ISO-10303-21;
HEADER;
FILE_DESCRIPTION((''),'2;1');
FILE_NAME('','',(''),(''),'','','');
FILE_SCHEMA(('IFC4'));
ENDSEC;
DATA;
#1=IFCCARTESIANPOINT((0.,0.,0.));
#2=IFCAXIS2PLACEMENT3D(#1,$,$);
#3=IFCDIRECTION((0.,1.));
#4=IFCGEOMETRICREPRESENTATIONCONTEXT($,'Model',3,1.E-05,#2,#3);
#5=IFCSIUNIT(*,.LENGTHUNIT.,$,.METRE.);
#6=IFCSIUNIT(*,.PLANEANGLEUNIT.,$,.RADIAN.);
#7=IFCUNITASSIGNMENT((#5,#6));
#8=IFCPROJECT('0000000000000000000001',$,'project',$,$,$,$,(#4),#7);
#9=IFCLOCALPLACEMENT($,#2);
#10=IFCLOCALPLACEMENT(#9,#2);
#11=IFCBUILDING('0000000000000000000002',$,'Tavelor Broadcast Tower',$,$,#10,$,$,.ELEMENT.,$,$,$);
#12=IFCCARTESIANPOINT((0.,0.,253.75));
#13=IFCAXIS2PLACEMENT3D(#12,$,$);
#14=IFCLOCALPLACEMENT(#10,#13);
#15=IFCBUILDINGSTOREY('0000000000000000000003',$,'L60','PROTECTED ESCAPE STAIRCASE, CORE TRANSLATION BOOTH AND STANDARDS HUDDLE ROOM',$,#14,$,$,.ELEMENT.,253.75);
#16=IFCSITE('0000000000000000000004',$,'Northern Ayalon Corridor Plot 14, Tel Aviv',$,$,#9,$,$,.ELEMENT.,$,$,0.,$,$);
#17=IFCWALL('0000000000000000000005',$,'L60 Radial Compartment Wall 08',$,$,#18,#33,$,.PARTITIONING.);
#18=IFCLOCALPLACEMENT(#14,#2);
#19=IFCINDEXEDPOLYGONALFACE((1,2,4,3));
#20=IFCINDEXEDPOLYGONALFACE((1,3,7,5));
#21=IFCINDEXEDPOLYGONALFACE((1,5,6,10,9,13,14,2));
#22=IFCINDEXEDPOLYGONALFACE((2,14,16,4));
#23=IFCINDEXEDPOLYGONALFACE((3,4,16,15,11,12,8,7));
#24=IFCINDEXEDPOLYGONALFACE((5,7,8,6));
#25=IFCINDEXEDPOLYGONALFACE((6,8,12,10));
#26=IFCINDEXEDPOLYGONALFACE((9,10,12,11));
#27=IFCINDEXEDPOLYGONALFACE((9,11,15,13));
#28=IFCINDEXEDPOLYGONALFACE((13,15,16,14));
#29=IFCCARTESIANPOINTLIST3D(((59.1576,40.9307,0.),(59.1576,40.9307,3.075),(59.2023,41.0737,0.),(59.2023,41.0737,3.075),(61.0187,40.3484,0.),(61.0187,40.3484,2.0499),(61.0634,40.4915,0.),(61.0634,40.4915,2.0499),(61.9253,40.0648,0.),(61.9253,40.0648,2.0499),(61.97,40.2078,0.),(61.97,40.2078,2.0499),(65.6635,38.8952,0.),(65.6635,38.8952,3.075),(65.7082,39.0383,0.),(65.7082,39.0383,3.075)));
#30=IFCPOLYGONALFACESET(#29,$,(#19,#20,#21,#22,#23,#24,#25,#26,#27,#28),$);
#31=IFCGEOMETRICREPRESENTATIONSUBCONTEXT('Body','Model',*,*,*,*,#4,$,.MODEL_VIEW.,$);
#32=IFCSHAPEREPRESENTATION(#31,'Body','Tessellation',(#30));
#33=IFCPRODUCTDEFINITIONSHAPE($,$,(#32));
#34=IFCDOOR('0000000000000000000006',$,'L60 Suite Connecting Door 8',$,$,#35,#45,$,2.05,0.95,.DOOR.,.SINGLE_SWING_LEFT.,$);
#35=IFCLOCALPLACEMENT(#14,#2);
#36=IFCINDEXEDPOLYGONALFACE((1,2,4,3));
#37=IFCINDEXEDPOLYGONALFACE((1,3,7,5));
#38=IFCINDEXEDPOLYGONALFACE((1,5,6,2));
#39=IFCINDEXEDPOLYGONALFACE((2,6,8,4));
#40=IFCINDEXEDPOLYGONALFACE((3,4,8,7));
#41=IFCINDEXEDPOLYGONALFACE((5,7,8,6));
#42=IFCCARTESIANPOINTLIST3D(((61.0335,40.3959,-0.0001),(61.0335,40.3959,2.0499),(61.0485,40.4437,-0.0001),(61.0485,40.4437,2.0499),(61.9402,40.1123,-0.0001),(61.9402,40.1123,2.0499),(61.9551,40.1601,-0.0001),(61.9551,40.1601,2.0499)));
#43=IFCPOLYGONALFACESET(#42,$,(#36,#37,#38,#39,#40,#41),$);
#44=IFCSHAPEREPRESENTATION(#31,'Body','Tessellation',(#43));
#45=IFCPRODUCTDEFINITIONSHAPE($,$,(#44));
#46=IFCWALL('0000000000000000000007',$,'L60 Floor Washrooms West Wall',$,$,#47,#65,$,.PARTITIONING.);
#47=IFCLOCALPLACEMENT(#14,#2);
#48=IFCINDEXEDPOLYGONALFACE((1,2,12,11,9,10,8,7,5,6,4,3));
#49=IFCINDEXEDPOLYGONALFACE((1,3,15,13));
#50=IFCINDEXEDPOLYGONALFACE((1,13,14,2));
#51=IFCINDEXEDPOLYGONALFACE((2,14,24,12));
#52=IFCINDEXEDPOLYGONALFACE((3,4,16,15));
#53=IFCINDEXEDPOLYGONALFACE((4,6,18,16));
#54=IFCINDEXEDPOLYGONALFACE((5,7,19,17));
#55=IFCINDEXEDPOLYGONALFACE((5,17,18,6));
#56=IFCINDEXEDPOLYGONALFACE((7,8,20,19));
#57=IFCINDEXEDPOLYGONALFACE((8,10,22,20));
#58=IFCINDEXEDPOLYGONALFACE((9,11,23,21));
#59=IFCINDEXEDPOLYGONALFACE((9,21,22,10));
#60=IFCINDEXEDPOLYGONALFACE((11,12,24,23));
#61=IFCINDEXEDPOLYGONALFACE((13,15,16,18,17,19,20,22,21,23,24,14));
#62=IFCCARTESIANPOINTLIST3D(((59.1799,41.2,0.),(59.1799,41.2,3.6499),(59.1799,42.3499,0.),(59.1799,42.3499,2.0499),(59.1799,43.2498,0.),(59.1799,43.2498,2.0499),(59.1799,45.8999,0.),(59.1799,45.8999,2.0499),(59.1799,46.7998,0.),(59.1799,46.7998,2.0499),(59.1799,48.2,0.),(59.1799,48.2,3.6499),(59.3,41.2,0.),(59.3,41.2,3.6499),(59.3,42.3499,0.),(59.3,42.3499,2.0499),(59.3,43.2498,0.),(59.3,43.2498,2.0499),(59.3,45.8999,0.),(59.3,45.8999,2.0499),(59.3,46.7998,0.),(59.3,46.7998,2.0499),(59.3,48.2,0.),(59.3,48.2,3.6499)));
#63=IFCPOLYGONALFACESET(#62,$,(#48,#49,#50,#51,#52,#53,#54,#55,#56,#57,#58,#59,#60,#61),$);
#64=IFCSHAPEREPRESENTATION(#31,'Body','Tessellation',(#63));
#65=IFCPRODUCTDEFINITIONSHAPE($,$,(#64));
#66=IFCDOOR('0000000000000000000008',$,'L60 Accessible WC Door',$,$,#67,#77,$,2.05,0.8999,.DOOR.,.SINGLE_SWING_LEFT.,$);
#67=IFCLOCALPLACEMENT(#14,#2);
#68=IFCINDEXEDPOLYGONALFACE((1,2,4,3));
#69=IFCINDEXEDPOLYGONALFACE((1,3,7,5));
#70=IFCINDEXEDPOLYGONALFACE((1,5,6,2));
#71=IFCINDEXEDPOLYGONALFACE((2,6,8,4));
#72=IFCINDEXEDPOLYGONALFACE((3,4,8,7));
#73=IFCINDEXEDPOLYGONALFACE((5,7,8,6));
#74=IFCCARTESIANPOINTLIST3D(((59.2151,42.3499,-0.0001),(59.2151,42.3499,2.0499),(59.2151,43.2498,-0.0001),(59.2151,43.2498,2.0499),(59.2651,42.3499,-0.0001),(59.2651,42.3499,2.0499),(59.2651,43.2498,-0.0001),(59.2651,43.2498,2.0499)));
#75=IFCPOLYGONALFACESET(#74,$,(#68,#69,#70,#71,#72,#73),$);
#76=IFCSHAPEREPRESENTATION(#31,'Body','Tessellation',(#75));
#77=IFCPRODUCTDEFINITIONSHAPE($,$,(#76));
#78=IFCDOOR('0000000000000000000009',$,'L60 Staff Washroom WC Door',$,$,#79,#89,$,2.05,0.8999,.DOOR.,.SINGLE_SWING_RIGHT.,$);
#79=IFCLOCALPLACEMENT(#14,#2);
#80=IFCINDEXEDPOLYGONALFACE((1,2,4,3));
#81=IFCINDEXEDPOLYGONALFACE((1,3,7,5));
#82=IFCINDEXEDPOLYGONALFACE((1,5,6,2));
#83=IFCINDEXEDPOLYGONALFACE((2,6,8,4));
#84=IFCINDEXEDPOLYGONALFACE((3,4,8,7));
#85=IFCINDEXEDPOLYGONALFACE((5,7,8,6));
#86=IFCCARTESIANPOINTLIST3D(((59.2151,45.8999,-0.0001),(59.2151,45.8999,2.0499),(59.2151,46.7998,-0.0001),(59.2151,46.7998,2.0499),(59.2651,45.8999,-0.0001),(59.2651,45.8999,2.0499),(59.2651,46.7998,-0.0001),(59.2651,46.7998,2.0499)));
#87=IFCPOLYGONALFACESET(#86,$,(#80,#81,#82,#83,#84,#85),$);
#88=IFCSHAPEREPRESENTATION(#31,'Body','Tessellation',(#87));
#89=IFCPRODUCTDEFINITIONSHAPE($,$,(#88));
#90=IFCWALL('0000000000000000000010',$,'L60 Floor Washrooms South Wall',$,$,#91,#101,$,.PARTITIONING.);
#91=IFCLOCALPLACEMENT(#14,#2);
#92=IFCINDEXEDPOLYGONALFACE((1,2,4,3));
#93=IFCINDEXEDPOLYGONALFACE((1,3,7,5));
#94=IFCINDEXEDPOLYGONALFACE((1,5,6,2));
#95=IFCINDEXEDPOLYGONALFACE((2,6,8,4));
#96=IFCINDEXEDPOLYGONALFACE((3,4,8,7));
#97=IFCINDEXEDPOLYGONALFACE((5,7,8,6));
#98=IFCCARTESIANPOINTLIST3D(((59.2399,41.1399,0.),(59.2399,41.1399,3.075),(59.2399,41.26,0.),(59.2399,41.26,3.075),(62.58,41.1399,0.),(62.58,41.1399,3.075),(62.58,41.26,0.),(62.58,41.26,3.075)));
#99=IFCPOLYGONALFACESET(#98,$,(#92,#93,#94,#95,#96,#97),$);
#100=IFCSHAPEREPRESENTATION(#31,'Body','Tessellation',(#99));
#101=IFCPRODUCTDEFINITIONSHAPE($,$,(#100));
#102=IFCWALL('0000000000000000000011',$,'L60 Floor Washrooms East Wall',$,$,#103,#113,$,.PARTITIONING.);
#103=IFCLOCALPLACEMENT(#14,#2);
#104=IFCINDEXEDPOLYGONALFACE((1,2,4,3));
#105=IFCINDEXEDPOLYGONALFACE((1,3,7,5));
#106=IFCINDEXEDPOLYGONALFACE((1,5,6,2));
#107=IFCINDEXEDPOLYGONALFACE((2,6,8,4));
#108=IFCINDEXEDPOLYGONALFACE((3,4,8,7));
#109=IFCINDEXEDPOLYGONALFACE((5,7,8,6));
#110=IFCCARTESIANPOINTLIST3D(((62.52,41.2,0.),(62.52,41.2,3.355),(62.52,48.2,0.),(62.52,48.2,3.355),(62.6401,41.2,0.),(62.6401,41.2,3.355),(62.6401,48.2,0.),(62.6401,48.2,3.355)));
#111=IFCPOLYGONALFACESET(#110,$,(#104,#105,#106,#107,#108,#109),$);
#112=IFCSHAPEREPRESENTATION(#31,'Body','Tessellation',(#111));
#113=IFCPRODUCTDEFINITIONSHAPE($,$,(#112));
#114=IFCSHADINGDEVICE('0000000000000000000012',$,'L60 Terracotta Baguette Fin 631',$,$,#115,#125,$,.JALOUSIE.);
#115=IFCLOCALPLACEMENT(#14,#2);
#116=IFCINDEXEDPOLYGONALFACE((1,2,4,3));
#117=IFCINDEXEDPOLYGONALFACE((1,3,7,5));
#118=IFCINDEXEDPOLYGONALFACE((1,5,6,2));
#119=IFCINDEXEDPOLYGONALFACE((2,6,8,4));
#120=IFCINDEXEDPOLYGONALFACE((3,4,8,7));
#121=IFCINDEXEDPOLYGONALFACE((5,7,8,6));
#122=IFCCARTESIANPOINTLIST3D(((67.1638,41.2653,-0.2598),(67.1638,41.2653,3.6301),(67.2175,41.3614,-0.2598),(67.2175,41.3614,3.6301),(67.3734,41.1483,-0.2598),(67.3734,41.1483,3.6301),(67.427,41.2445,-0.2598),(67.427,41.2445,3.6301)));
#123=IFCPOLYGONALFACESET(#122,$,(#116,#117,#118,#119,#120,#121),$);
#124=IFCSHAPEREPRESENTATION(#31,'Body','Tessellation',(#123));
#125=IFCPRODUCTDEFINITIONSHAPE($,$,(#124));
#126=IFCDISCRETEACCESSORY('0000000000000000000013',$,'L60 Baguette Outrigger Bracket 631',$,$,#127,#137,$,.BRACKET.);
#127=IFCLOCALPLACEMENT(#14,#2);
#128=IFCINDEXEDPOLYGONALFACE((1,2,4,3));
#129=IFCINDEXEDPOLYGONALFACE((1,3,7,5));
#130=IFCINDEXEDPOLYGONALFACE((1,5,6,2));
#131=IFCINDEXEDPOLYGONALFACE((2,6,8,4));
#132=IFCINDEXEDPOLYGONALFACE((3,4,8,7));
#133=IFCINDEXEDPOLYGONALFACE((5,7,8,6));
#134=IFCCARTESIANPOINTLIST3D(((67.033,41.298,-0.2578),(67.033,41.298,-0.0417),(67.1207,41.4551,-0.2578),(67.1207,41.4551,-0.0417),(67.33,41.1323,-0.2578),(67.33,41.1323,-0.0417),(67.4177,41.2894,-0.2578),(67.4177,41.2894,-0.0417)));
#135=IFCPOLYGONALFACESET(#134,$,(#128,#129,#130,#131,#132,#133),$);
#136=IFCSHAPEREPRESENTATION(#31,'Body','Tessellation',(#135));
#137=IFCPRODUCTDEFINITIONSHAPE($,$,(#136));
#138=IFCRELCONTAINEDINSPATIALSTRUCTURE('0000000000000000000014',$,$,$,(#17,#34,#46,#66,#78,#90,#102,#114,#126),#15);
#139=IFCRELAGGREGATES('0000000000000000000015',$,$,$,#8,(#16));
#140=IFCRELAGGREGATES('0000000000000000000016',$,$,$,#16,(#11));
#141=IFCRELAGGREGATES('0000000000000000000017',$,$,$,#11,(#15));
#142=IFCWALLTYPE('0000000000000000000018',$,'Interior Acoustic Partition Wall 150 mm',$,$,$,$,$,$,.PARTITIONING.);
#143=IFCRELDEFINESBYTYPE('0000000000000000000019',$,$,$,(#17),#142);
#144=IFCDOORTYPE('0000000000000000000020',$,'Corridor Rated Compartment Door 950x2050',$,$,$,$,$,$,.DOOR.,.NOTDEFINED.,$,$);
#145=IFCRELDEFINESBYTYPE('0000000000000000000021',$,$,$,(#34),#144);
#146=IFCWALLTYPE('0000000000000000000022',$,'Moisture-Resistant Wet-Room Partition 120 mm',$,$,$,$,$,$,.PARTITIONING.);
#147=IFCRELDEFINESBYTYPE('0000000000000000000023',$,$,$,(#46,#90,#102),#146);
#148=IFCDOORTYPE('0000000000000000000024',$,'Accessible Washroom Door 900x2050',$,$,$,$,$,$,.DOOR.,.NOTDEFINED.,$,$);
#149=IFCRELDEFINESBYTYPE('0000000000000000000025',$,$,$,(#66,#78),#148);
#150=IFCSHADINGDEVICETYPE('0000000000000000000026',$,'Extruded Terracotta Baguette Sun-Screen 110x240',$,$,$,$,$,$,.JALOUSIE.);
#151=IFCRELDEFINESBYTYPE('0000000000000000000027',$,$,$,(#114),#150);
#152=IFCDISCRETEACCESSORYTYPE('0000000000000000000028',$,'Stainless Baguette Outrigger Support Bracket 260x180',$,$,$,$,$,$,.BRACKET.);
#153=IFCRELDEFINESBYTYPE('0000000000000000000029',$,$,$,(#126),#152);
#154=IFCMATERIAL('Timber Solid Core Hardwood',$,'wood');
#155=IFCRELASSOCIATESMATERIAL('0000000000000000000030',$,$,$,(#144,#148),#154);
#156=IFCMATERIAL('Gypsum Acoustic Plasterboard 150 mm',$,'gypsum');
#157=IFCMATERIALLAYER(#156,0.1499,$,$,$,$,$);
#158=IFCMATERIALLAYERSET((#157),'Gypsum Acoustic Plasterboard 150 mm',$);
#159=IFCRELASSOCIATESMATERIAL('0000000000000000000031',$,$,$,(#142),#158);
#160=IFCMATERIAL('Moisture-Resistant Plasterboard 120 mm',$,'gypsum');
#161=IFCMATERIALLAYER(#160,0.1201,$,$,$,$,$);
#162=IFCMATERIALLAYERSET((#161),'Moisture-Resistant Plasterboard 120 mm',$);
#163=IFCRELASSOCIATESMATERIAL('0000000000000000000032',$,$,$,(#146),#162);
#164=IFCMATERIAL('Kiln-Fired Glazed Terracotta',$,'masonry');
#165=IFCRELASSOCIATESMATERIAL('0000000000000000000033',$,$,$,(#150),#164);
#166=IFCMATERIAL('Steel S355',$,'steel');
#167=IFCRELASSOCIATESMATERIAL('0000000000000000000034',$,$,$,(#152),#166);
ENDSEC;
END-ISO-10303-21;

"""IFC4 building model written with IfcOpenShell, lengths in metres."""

from ifc_helpers import new_model, si_unit, direction, frame, frame_2d, origin, origin_2d, place, context, subcontext, project, spatial, rectangle, extrude, source, transform, mapped, material, layer, layer_set, type_object, type_shapes, element, fill, save


model = new_model("IFC4")

# Units and contexts
model_context = context("Model", 3, precision=1e-05, world=origin(), true_north=direction((0.0, 1.0)))
body_context = subcontext(model_context, "Body", "Model", "MODEL_VIEW")
ifc_project = project(units=[si_unit("LENGTHUNIT", "METRE"), si_unit("PLANEANGLEUNIT", "RADIAN")], contexts=[model_context])

# Site, building, storey
site_placement = place(None, origin())
site = spatial("IfcSite", under=ifc_project, at=site_placement, Name="Northern Ayalon Corridor Plot 14, Tel Aviv", CompositionType="ELEMENT", RefElevation=0.0)
building_placement = place(site_placement, origin())
building = spatial("IfcBuilding", under=site, at=building_placement, Name="Tavelor Broadcast Tower", CompositionType="ELEMENT")
storey_placement = place(building_placement, frame((0.0, 0.0, 253.75)))
storey = spatial("IfcBuildingStorey", under=building, at=storey_placement, Name="L60", Description="PROTECTED ESCAPE STAIRCASE, CORE TRANSLATION BOOTH AND STANDARDS HUDDLE ROOM", CompositionType="ELEMENT", Elevation=253.75)

# Shared definitions
ifc_material_1 = material(Name="Steel S355", Category="steel")

# Wall, opening, door
ifc_material_2 = material(Name="Timber Solid Core Hardwood", Category="wood")
door_type_1 = type_object("IfcDoorType", Name="Corridor Rated Compartment Door 950x2050", OperationType="NOTDEFINED", PredefinedType="DOOR", material=ifc_material_2)
ifc_material_3 = material(Name="Gypsum Acoustic Plasterboard 150 mm", Category="gypsum")
ifc_layer_1 = layer(ifc_material_3, 0.1499)
ifc_layer_set_1 = layer_set([ifc_layer_1], Name="Gypsum Acoustic Plasterboard 150 mm")
wall_type_1 = type_object("IfcWallType", Name="Interior Acoustic Partition Wall 150 mm", PredefinedType="PARTITIONING", material=ifc_layer_set_1)
wall_1_placement = place(storey_placement, frame((59.1799, 41.0022, 0.0), z_axis=(0.0, 0.0, 1.0), x_axis=(0.954383, -0.298585, 0.0)))
wall_1 = element("IfcWall", 1, at=wall_1_placement, inside=storey, type_object=wall_type_1, Name="L60 Radial Compartment Wall 08", PredefinedType="PARTITIONING", context=body_context, shape_type="SweptSolid", body=[
    extrude(rectangle(XDim=6.8169, YDim=0.1499, at=frame_2d((3.4084, 0.0))), origin(), (0.0, 0.0, 1.0), 3.075),
])
opening_1_placement = place(wall_1_placement, frame((1.95, 0.0, 0.0)))
opening_1 = element("IfcOpeningElement", 2, at=opening_1_placement, cuts=wall_1, PredefinedType="OPENING", context=body_context, shape_type="SweptSolid", body=[
    extrude(rectangle(XDim=0.95, YDim=2.05, at=frame_2d((0.4751, 1.0249))), frame((0.0, 0.085, 0.0), z_axis=(0.0, -1.0, 0.0), x_axis=(1.0, 0.0, 0.0)), (0.0, 0.0, 1.0), 0.1699),
])
door_1_placement = place(opening_1_placement, origin())
door_1 = element("IfcDoor", 3, at=door_1_placement, inside=storey, type_object=door_type_1, Name="L60 Suite Connecting Door 8", OperationType="SINGLE_SWING_LEFT", OverallHeight=2.05, OverallWidth=0.95, PredefinedType="DOOR", context=body_context, shape_type="SweptSolid", body=[
    extrude(rectangle(XDim=0.95, YDim=2.05, at=frame_2d((0.4751, 1.0249))), frame((0.0, 0.0249, 0.0), z_axis=(0.0, -1.0, 0.0), x_axis=(1.0, 0.0, 0.0)), (0.0, 0.0, 1.0), 0.05),
])
fill(opening_1, door_1)

# Wall, openings, doors
ifc_material_4 = material(Name="Moisture-Resistant Plasterboard 120 mm", Category="gypsum")
ifc_layer_2 = layer(ifc_material_4, 0.1201)
ifc_layer_set_2 = layer_set([ifc_layer_2], Name="Moisture-Resistant Plasterboard 120 mm")
wall_type_2 = type_object("IfcWallType", Name="Moisture-Resistant Wet-Room Partition 120 mm", PredefinedType="PARTITIONING", material=ifc_layer_set_2)
wall_2_placement = place(storey_placement, frame((59.24, 41.2, 0.0), z_axis=(0.0, 0.0, 1.0), x_axis=(0.0, 1.0, 0.0)))
wall_2 = element("IfcWall", 4, at=wall_2_placement, inside=storey, type_object=wall_type_2, Name="L60 Floor Washrooms West Wall", PredefinedType="PARTITIONING", context=body_context, shape_type="SweptSolid", body=[
    extrude(rectangle(XDim=7.0, YDim=0.1201, at=frame_2d((3.5, 0.0))), origin(), (0.0, 0.0, 1.0), 3.6499),
])
opening_2_placement = place(wall_2_placement, frame((1.1499, 0.0, 0.0)))
opening_2 = element("IfcOpeningElement", 5, at=opening_2_placement, cuts=wall_2, PredefinedType="OPENING", context=body_context, shape_type="SweptSolid", body=[
    extrude(rectangle(XDim=0.8999, YDim=2.05, at=frame_2d((0.45, 1.0249))), frame((0.0, 0.0701, 0.0), z_axis=(0.0, -1.0, 0.0), x_axis=(1.0, 0.0, 0.0)), (0.0, 0.0, 1.0), 0.1401),
])
opening_3_placement = place(wall_2_placement, frame((4.7, 0.0, 0.0)))
opening_3 = element("IfcOpeningElement", 6, at=opening_3_placement, cuts=wall_2, PredefinedType="OPENING", context=body_context, shape_type="SweptSolid", body=[
    extrude(rectangle(XDim=0.8999, YDim=2.05, at=frame_2d((0.45, 1.0249))), frame((0.0, 0.0701, 0.0), z_axis=(0.0, -1.0, 0.0), x_axis=(1.0, 0.0, 0.0)), (0.0, 0.0, 1.0), 0.1401),
])
door_type_2 = type_object("IfcDoorType", Name="Accessible Washroom Door 900x2050", OperationType="NOTDEFINED", PredefinedType="DOOR", material=ifc_material_2)
door_2_placement = place(opening_2_placement, origin())
door_2 = element("IfcDoor", 7, at=door_2_placement, inside=storey, type_object=door_type_2, Name="L60 Accessible WC Door", OperationType="SINGLE_SWING_LEFT", OverallHeight=2.05, OverallWidth=0.8999, PredefinedType="DOOR", context=body_context, shape_type="SweptSolid", body=[
    extrude(rectangle(XDim=0.8999, YDim=2.05, at=frame_2d((0.45, 1.0249))), frame((0.0, 0.0249, 0.0), z_axis=(0.0, -1.0, 0.0), x_axis=(1.0, 0.0, 0.0)), (0.0, 0.0, 1.0), 0.05),
])
fill(opening_2, door_2)
door_3_placement = place(opening_3_placement, origin())
door_3 = element("IfcDoor", 8, at=door_3_placement, inside=storey, type_object=door_type_2, Name="L60 Staff Washroom WC Door", OperationType="SINGLE_SWING_RIGHT", OverallHeight=2.05, OverallWidth=0.8999, PredefinedType="DOOR", context=body_context, shape_type="SweptSolid", body=[
    extrude(rectangle(XDim=0.8999, YDim=2.05, at=frame_2d((0.45, 1.0249))), frame((0.0, 0.0249, 0.0), z_axis=(0.0, -1.0, 0.0), x_axis=(1.0, 0.0, 0.0)), (0.0, 0.0, 1.0), 0.05),
])
fill(opening_3, door_3)

# Walls
wall_3_placement = place(storey_placement, frame((59.24, 41.2, 0.0), z_axis=(0.0, 0.0, 1.0), x_axis=(1.0, 0.0, 0.0)))
element("IfcWall", 9, at=wall_3_placement, inside=storey, type_object=wall_type_2, Name="L60 Floor Washrooms South Wall", PredefinedType="PARTITIONING", context=body_context, shape_type="SweptSolid", body=[
    extrude(rectangle(XDim=3.3401, YDim=0.1201, at=frame_2d((1.6699, 0.0))), origin(), (0.0, 0.0, 1.0), 3.075),
])
wall_4_placement = place(storey_placement, frame((62.5801, 41.2, 0.0), z_axis=(0.0, 0.0, 1.0), x_axis=(0.0, 1.0, 0.0)))
element("IfcWall", 10, at=wall_4_placement, inside=storey, type_object=wall_type_2, Name="L60 Floor Washrooms East Wall", PredefinedType="PARTITIONING", context=body_context, shape_type="SweptSolid", body=[
    extrude(rectangle(XDim=7.0, YDim=0.1201, at=frame_2d((3.5, 0.0))), origin(), (0.0, 0.0, 1.0), 3.355),
])

# Shading device
ifc_material_5 = material(Name="Kiln-Fired Glazed Terracotta", Category="masonry")
shading_device_type = type_object("IfcShadingDeviceType", Name="Extruded Terracotta Baguette Sun-Screen 110x240", PredefinedType="JALOUSIE", material=ifc_material_5)
shared_shape_1 = source(origin(), body_context, "Body", "SweptSolid", [
    extrude(rectangle(XDim=0.1101, YDim=0.24, at=origin_2d()), origin(), (0.0, 0.0, 1.0), 3.8899),
])
type_shapes(shading_device_type, [shared_shape_1])
shading_device_placement = place(storey_placement, frame((67.2954, 41.2549, -0.2598), z_axis=(0.0, 0.0, 1.0), x_axis=(0.487403, 0.873177, 0.0)))
element("IfcShadingDevice", 11, at=shading_device_placement, inside=storey, type_object=shading_device_type, Name="L60 Terracotta Baguette Fin 631", PredefinedType="JALOUSIE", context=body_context, shape_type="MappedRepresentation", body=[
    mapped(shared_shape_1, transform((0.0, 0.0, 0.0), scale=1.0)),
])

# Discrete accessory
discrete_accessory_type = type_object("IfcDiscreteAccessoryType", Name="Stainless Baguette Outrigger Support Bracket 260x180", PredefinedType="BRACKET", material=ifc_material_1)
shared_shape_2 = source(origin(), body_context, "Body", "SweptSolid", [
    extrude(rectangle(XDim=0.1799, YDim=0.3401, at=origin_2d()), origin(), (0.0, 0.0, 1.0), 0.2161),
])
type_shapes(discrete_accessory_type, [shared_shape_2])
discrete_accessory_placement = place(storey_placement, frame((67.2253, 41.2937, -0.2578), z_axis=(0.0, 0.0, 1.0), x_axis=(0.487403, 0.873177, 0.0)))
element("IfcDiscreteAccessory", 12, at=discrete_accessory_placement, inside=storey, type_object=discrete_accessory_type, Name="L60 Baguette Outrigger Bracket 631", PredefinedType="BRACKET", context=body_context, shape_type="MappedRepresentation", body=[
    mapped(shared_shape_2, transform((0.0, 0.0, 0.0), scale=1.0)),
])

save(model, "model.ifc")
